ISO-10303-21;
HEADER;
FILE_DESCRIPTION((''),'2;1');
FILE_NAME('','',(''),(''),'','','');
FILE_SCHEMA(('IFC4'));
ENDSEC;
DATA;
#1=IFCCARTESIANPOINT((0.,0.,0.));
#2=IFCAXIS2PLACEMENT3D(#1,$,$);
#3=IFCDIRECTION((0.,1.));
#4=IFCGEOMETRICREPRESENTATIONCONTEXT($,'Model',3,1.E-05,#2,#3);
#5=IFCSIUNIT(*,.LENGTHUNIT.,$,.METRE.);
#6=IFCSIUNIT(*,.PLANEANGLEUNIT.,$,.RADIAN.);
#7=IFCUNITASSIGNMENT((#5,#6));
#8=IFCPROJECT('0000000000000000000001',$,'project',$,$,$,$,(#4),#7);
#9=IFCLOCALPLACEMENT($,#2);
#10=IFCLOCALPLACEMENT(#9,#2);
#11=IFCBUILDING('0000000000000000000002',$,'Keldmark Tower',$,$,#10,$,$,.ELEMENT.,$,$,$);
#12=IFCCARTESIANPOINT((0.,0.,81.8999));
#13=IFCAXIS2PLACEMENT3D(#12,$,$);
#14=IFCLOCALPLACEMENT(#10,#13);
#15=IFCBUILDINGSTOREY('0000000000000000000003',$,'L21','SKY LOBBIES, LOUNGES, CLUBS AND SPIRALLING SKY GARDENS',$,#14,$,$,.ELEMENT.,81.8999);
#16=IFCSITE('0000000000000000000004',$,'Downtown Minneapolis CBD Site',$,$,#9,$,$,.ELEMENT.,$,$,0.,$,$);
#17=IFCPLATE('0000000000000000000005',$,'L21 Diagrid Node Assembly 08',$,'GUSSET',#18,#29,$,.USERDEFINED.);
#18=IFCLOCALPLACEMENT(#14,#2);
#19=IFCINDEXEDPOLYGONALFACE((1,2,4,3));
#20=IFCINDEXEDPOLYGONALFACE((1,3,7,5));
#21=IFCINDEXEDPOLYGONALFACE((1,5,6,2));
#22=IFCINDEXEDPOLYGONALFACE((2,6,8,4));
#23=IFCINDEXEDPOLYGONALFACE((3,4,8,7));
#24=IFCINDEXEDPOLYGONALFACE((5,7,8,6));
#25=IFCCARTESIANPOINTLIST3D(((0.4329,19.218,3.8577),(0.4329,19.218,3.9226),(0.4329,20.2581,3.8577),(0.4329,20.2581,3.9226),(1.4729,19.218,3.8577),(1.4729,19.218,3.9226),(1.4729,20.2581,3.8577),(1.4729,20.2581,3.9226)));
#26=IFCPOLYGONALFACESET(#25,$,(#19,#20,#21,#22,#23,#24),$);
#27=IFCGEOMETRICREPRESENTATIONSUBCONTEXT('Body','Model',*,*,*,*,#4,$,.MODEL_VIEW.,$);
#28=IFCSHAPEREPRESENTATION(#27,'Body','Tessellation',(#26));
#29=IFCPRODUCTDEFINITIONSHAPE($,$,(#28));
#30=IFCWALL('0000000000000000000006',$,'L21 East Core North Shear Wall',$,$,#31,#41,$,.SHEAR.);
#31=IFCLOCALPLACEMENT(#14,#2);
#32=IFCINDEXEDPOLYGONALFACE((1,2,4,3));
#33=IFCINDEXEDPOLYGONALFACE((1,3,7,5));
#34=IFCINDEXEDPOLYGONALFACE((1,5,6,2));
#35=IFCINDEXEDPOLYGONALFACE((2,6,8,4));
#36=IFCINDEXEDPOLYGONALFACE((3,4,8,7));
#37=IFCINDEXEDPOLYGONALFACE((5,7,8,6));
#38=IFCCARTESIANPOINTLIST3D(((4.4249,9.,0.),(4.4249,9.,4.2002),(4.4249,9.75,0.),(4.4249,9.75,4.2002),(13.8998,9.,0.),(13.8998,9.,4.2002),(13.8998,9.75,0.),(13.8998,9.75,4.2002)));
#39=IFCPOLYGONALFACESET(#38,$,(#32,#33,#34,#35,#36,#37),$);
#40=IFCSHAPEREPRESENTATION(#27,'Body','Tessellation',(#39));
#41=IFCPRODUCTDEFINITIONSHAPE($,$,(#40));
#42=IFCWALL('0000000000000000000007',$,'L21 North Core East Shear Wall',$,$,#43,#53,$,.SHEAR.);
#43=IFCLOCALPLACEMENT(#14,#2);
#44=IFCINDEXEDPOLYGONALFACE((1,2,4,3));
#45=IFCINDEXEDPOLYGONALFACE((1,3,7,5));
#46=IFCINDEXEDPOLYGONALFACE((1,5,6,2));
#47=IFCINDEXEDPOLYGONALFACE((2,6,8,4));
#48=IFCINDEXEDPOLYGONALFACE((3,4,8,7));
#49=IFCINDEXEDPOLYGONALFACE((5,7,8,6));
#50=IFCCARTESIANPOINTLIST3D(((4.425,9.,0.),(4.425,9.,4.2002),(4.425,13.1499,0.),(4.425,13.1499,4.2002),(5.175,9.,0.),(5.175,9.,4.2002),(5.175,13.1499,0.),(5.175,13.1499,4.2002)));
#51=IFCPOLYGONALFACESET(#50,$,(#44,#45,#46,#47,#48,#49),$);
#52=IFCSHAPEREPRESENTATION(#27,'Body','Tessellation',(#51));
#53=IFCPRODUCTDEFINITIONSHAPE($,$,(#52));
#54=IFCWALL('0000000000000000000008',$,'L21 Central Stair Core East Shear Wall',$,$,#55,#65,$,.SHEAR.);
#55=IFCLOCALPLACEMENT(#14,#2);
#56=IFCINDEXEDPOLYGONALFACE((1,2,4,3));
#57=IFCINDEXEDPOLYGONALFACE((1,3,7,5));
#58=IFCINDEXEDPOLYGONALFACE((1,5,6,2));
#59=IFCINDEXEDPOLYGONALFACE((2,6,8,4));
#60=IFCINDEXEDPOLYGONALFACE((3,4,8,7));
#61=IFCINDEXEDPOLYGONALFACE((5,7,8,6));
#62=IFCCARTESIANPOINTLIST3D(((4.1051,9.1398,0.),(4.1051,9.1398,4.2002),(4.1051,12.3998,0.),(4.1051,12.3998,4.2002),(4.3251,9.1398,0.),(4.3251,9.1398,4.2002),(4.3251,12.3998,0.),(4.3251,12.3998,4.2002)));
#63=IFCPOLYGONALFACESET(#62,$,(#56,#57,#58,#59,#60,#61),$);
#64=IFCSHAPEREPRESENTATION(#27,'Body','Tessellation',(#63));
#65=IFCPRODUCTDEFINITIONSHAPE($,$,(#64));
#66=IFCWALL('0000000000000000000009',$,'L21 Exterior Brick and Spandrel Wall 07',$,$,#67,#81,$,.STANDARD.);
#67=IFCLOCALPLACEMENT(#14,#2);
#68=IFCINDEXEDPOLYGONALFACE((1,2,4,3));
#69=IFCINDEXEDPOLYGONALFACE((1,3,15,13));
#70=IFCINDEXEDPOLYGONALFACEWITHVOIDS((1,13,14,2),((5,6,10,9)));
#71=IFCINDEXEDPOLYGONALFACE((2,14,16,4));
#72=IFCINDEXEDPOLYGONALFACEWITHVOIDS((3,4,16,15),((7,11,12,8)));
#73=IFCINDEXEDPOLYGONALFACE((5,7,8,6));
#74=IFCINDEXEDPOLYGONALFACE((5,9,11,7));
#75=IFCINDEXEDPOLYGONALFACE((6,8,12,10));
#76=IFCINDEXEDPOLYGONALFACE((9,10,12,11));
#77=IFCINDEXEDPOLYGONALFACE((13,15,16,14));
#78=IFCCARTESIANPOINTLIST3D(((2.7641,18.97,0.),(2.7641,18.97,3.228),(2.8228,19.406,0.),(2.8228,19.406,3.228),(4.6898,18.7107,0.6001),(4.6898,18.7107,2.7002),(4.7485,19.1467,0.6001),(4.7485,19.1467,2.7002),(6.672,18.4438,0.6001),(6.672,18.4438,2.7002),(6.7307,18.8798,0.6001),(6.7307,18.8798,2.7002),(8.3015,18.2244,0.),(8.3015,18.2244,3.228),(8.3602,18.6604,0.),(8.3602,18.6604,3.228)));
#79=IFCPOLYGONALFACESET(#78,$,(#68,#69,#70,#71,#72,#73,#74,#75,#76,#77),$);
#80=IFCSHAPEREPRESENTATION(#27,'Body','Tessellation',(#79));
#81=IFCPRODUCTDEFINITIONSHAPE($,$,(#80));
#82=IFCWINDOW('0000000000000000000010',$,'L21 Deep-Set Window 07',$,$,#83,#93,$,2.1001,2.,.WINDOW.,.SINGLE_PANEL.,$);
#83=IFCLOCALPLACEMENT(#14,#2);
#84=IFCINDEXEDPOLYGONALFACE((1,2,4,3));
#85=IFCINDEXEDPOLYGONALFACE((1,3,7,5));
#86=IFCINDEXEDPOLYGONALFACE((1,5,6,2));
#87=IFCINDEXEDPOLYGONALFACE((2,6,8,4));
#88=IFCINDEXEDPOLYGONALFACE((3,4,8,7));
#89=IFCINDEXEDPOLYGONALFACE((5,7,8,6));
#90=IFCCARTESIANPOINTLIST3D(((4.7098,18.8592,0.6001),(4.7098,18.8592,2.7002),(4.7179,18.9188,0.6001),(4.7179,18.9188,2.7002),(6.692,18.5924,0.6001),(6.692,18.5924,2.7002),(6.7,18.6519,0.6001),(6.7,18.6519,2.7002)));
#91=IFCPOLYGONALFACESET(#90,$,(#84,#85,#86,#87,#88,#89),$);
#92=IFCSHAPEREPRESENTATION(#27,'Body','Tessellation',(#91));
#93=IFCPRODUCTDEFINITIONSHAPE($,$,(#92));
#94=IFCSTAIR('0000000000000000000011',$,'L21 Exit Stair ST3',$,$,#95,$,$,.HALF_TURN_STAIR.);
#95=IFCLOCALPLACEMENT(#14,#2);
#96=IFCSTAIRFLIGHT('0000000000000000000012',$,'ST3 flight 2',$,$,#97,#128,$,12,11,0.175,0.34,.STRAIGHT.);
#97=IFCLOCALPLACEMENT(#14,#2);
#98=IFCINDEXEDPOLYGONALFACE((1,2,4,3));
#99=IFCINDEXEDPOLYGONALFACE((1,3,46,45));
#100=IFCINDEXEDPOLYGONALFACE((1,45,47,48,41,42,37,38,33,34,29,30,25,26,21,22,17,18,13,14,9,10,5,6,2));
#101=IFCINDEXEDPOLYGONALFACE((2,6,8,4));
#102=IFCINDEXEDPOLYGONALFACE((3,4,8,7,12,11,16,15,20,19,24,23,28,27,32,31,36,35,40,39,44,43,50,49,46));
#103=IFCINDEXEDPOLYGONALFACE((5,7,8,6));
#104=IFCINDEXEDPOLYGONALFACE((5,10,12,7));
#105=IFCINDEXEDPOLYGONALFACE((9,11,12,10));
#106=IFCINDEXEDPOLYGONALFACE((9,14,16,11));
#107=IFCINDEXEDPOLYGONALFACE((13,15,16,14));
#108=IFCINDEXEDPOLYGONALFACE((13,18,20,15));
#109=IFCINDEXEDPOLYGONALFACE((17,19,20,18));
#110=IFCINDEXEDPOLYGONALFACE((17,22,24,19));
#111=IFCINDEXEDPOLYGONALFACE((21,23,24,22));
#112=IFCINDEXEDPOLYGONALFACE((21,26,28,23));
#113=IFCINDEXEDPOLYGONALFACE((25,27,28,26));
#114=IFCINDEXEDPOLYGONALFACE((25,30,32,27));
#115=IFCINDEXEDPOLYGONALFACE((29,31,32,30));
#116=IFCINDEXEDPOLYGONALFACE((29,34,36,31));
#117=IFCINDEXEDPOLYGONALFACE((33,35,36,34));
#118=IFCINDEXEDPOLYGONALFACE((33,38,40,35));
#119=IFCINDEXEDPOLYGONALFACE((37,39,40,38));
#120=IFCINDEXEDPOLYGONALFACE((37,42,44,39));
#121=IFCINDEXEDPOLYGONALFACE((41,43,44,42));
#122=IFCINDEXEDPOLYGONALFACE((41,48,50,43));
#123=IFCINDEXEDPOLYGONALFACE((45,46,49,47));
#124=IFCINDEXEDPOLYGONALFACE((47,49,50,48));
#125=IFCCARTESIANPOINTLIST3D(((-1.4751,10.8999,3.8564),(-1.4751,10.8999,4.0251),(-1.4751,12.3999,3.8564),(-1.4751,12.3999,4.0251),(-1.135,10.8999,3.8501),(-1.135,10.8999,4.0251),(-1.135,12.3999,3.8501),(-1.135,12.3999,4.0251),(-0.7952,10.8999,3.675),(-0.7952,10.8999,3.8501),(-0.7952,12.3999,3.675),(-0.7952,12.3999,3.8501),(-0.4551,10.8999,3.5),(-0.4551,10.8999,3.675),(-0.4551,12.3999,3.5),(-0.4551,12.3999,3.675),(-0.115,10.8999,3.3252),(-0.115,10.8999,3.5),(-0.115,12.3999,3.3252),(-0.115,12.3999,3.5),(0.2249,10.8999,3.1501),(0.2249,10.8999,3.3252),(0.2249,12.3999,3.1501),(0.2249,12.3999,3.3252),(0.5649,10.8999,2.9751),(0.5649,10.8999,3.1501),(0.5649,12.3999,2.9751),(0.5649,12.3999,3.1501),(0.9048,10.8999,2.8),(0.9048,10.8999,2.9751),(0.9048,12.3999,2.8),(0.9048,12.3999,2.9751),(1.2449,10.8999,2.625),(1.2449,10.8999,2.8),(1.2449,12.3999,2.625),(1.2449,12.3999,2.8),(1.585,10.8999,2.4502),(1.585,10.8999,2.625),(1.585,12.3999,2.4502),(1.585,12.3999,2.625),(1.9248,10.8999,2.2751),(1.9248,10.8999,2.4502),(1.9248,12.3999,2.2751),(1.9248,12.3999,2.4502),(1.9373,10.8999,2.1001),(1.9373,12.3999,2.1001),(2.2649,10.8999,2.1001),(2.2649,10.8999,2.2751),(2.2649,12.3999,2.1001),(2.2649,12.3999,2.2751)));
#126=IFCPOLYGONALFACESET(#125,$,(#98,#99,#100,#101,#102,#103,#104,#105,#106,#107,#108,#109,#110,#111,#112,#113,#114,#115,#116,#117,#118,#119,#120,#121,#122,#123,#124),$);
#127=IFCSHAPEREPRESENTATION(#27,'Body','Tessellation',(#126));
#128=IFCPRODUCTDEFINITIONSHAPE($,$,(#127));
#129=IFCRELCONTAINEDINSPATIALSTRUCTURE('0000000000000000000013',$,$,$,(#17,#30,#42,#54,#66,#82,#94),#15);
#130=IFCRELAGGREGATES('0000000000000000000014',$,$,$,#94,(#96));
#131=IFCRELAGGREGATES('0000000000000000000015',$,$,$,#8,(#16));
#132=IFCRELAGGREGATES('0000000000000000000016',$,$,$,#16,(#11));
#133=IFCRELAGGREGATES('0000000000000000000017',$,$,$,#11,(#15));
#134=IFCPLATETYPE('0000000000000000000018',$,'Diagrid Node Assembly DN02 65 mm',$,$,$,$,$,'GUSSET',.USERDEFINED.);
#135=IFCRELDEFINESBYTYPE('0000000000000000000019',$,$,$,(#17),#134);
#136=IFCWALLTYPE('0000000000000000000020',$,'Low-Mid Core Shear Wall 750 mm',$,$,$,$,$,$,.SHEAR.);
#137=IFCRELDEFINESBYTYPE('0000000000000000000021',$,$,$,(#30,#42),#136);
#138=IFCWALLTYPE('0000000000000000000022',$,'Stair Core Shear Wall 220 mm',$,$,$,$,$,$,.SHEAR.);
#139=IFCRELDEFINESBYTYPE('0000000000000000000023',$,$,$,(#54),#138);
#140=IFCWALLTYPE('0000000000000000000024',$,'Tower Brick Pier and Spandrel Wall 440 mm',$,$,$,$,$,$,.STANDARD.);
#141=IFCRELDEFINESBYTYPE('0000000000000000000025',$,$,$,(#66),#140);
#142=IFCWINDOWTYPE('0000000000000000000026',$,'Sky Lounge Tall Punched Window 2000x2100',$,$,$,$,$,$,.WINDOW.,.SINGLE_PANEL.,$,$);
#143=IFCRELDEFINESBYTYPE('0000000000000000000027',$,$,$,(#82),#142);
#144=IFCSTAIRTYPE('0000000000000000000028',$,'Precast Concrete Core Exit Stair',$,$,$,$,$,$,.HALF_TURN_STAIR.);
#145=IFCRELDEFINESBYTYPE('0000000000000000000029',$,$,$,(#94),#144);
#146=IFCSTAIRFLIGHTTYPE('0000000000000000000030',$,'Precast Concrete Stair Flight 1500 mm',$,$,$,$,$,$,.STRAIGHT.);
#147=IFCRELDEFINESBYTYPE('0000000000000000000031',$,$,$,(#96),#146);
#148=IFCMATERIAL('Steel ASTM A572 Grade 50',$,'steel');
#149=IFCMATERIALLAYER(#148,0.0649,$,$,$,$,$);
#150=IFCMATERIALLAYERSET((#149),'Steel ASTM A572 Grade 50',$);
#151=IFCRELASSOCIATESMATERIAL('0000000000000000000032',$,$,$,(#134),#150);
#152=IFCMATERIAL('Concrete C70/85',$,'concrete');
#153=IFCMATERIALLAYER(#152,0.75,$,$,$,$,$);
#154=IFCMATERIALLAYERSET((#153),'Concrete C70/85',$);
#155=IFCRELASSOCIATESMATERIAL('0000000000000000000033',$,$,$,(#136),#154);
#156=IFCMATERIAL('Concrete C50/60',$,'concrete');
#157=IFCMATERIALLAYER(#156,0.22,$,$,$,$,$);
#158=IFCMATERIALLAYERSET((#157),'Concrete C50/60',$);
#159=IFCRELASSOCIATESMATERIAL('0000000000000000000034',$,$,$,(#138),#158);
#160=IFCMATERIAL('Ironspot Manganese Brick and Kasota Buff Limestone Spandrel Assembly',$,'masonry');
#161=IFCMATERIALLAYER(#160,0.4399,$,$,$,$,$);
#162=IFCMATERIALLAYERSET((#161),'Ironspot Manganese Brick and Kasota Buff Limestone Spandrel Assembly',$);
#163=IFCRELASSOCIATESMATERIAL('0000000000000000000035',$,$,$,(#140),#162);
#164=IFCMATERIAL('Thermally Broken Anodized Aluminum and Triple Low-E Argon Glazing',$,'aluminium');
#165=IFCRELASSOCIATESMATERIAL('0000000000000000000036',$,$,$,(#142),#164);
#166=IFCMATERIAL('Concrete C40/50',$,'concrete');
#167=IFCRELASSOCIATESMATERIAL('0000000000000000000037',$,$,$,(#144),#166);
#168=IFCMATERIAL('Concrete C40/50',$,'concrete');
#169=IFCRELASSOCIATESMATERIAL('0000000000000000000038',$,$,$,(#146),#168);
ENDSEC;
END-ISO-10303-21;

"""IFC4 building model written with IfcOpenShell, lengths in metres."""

from ifc_helpers import new_model, si_unit, direction, frame, frame_2d, origin, origin_2d, place, context, subcontext, project, spatial, polyline, rectangle, outline, extrude, material, layer, layer_set, type_object, element, fill, aggregate, save


model = new_model("IFC4")

# Units and contexts
model_context = context("Model", 3, precision=1e-05, world=origin(), true_north=direction((0.0, 1.0)))
body_context = subcontext(model_context, "Body", "Model", "MODEL_VIEW")
ifc_project = project(units=[si_unit("LENGTHUNIT", "METRE"), si_unit("PLANEANGLEUNIT", "RADIAN")], contexts=[model_context])

# Site, building, storey
site_placement = place(None, origin())
site = spatial("IfcSite", under=ifc_project, at=site_placement, Name="Downtown Minneapolis CBD Site", CompositionType="ELEMENT", RefElevation=0.0)
building_placement = place(site_placement, origin())
building = spatial("IfcBuilding", under=site, at=building_placement, Name="Keldmark Tower", CompositionType="ELEMENT")
storey_placement = place(building_placement, frame((0.0, 0.0, 81.8999)))
storey = spatial("IfcBuildingStorey", under=building, at=storey_placement, Name="L21", Description="SKY LOBBIES, LOUNGES, CLUBS AND SPIRALLING SKY GARDENS", CompositionType="ELEMENT", Elevation=81.8999)

# Plate
ifc_material_1 = material(Name="Steel ASTM A572 Grade 50", Category="steel")
ifc_layer_1 = layer(ifc_material_1, 0.0649)
ifc_layer_set_1 = layer_set([ifc_layer_1], Name="Steel ASTM A572 Grade 50")
plate_type_1 = type_object("IfcPlateType", Name="Diagrid Node Assembly DN02 65 mm", ElementType="GUSSET", PredefinedType="USERDEFINED", material=ifc_layer_set_1)
for number, where, z_axis, x_axis, name in (
    (1, (0.9529, 19.738, 3.8577), (0.0, 0.0, 1.0), (-1.0, 0.0, 0.0), "L21 Diagrid Node Assembly 08"),
):
    element("IfcPlate", number, at=place(storey_placement, frame(where, z_axis=z_axis, x_axis=x_axis)), inside=storey, type_object=plate_type_1, Name=name, ObjectType="GUSSET", PredefinedType="USERDEFINED", context=body_context, shape_type="SweptSolid", body=[
        extrude(rectangle(XDim=1.04, YDim=1.04, at=origin_2d()), origin(), (0.0, 0.0, 1.0), 0.0649),
    ])

# Walls
ifc_material_2 = material(Name="Concrete C70/85", Category="concrete")
ifc_layer_2 = layer(ifc_material_2, 0.75)
ifc_layer_set_2 = layer_set([ifc_layer_2], Name="Concrete C70/85")
wall_type_1 = type_object("IfcWallType", Name="Low-Mid Core Shear Wall 750 mm", PredefinedType="SHEAR", material=ifc_layer_set_2)
wall_1_placement = place(storey_placement, frame((4.425, 9.375, 0.0), z_axis=(0.0, 0.0, 1.0), x_axis=(1.0, 0.0, 0.0)))
element("IfcWall", 2, at=wall_1_placement, inside=storey, type_object=wall_type_1, Name="L21 East Core North Shear Wall", PredefinedType="SHEAR", context=body_context, shape_type="SweptSolid", body=[
    extrude(rectangle(XDim=9.4749, YDim=0.75, at=frame_2d((4.7373, 0.0))), origin(), (0.0, 0.0, 1.0), 4.2002),
])
wall_2_placement = place(storey_placement, frame((4.8, 9.0, 0.0), z_axis=(0.0, 0.0, 1.0), x_axis=(0.0, 1.0, 0.0)))
element("IfcWall", 3, at=wall_2_placement, inside=storey, type_object=wall_type_1, Name="L21 North Core East Shear Wall", PredefinedType="SHEAR", context=body_context, shape_type="SweptSolid", body=[
    extrude(rectangle(XDim=4.1499, YDim=0.75, at=frame_2d((2.075, 0.0))), origin(), (0.0, 0.0, 1.0), 4.2002),
])
ifc_material_3 = material(Name="Concrete C50/60", Category="concrete")
ifc_layer_3 = layer(ifc_material_3, 0.22)
ifc_layer_set_3 = layer_set([ifc_layer_3], Name="Concrete C50/60")
wall_type_2 = type_object("IfcWallType", Name="Stair Core Shear Wall 220 mm", PredefinedType="SHEAR", material=ifc_layer_set_3)
wall_3_placement = place(storey_placement, frame((4.2151, 9.1399, 0.0), z_axis=(0.0, 0.0, 1.0), x_axis=(0.0, 1.0, 0.0)))
element("IfcWall", 4, at=wall_3_placement, inside=storey, type_object=wall_type_2, Name="L21 Central Stair Core East Shear Wall", PredefinedType="SHEAR", context=body_context, shape_type="SweptSolid", body=[
    extrude(rectangle(XDim=3.26, YDim=0.22, at=frame_2d((1.6299, 0.0))), origin(), (0.0, 0.0, 1.0), 4.2002),
])

# Wall, opening, window
ifc_material_4 = material(Name="Ironspot Manganese Brick and Kasota Buff Limestone Spandrel Assembly", Category="masonry")
ifc_layer_4 = layer(ifc_material_4, 0.4399)
ifc_layer_set_4 = layer_set([ifc_layer_4], Name="Ironspot Manganese Brick and Kasota Buff Limestone Spandrel Assembly")
wall_type_3 = type_object("IfcWallType", Name="Tower Brick Pier and Spandrel Wall 440 mm", PredefinedType="STANDARD", material=ifc_layer_set_4)
wall_4_placement = place(storey_placement, frame((2.7935, 19.188, 0.0), z_axis=(0.0, 0.0, 1.0), x_axis=(0.991056, -0.133446, 0.0)))
wall_4 = element("IfcWall", 5, at=wall_4_placement, inside=storey, type_object=wall_type_3, Name="L21 Exterior Brick and Spandrel Wall 07", PredefinedType="STANDARD", context=body_context, shape_type="SweptSolid", body=[
    extrude(rectangle(XDim=5.5874, YDim=0.4399, at=frame_2d((2.7937, 0.0))), origin(), (0.0, 0.0, 1.0), 3.228),
])
opening_placement = place(wall_4_placement, frame((1.9431, 0.0, 0.6001)))
opening = element("IfcOpeningElement", 6, at=opening_placement, cuts=wall_4, PredefinedType="OPENING", context=body_context, shape_type="SweptSolid", body=[
    extrude(rectangle(XDim=2.0, YDim=2.1001, at=frame_2d((1.0, 1.05))), frame((0.0, 0.23, 0.0), z_axis=(0.0, -1.0, 0.0), x_axis=(1.0, 0.0, 0.0)), (0.0, 0.0, 1.0), 0.46),
])
ifc_material_5 = material(Name="Thermally Broken Anodized Aluminum and Triple Low-E Argon Glazing", Category="aluminium")
window_type = type_object("IfcWindowType", Name="Sky Lounge Tall Punched Window 2000x2100", PartitioningType="SINGLE_PANEL", PredefinedType="WINDOW", material=ifc_material_5)
window_placement = place(opening_placement, origin())
window = element("IfcWindow", 7, at=window_placement, inside=storey, type_object=window_type, Name="L21 Deep-Set Window 07", OverallHeight=2.1001, OverallWidth=2.0, PartitioningType="SINGLE_PANEL", PredefinedType="WINDOW", context=body_context, shape_type="SweptSolid", body=[
    extrude(rectangle(XDim=2.0, YDim=2.1001, at=frame_2d((1.0, 1.05))), frame((0.0, -0.01, 0.0), z_axis=(0.0, -1.0, 0.0), x_axis=(1.0, 0.0, 0.0)), (0.0, 0.0, 1.0), 0.0601),
])
fill(opening, window)

# Stair, stair flight
ifc_material_6 = material(Name="Concrete C40/50", Category="concrete")
stair_type = type_object("IfcStairType", Name="Precast Concrete Core Exit Stair", PredefinedType="HALF_TURN_STAIR", material=ifc_material_6)
stair_placement = place(storey_placement, origin())
stair = element("IfcStair", 8, at=stair_placement, inside=storey, type_object=stair_type, Name="L21 Exit Stair ST3", PredefinedType="HALF_TURN_STAIR")
ifc_material_7 = material(Name="Concrete C40/50", Category="concrete")
stair_flight_type = type_object("IfcStairFlightType", Name="Precast Concrete Stair Flight 1500 mm", PredefinedType="STRAIGHT", material=ifc_material_7)
stair_flight_placement = place(storey_placement, frame((2.2649, 11.6499, 2.1001), z_axis=(0.0, 0.0, 1.0), x_axis=(-1.0, 0.0, 0.0)))
stair_flight = element("IfcStairFlight", 9, at=stair_flight_placement, type_object=stair_flight_type, Name="ST3 flight 2", NumberOfRisers=12, NumberOfTreads=11, PredefinedType="STRAIGHT", RiserHeight=0.175, TreadLength=0.34, context=body_context, shape_type="SweptSolid", body=[
    extrude(outline(polyline([(0.0, 0.0), (0.0, 0.175), (0.3401, 0.175), (0.3401, 0.3501), (0.6799, 0.3501), (0.6799, 0.5249), (1.02, 0.5249), (1.02, 0.7), (1.3601, 0.7), (1.3601, 0.875), (1.7, 0.875), (1.7, 1.05), (2.04, 1.05), (2.04, 1.2251), (2.3799, 1.2251), (2.3799, 1.3999), (2.72, 1.3999), (2.72, 1.575), (3.0601, 1.575), (3.0601, 1.75), (3.3999, 1.75), (3.3999, 1.925), (3.74, 1.925), (3.74, 2.1001), (3.74, 1.7563), (0.3276, 0.0), (0.0, 0.0)])), frame((0.0, 0.75, 0.0), z_axis=(0.0, -1.0, 0.0), x_axis=(1.0, 0.0, 0.0)), (0.0, 0.0, 1.0), 1.5),
])
aggregate(stair, [stair_flight])

save(model, "model.ifc")
